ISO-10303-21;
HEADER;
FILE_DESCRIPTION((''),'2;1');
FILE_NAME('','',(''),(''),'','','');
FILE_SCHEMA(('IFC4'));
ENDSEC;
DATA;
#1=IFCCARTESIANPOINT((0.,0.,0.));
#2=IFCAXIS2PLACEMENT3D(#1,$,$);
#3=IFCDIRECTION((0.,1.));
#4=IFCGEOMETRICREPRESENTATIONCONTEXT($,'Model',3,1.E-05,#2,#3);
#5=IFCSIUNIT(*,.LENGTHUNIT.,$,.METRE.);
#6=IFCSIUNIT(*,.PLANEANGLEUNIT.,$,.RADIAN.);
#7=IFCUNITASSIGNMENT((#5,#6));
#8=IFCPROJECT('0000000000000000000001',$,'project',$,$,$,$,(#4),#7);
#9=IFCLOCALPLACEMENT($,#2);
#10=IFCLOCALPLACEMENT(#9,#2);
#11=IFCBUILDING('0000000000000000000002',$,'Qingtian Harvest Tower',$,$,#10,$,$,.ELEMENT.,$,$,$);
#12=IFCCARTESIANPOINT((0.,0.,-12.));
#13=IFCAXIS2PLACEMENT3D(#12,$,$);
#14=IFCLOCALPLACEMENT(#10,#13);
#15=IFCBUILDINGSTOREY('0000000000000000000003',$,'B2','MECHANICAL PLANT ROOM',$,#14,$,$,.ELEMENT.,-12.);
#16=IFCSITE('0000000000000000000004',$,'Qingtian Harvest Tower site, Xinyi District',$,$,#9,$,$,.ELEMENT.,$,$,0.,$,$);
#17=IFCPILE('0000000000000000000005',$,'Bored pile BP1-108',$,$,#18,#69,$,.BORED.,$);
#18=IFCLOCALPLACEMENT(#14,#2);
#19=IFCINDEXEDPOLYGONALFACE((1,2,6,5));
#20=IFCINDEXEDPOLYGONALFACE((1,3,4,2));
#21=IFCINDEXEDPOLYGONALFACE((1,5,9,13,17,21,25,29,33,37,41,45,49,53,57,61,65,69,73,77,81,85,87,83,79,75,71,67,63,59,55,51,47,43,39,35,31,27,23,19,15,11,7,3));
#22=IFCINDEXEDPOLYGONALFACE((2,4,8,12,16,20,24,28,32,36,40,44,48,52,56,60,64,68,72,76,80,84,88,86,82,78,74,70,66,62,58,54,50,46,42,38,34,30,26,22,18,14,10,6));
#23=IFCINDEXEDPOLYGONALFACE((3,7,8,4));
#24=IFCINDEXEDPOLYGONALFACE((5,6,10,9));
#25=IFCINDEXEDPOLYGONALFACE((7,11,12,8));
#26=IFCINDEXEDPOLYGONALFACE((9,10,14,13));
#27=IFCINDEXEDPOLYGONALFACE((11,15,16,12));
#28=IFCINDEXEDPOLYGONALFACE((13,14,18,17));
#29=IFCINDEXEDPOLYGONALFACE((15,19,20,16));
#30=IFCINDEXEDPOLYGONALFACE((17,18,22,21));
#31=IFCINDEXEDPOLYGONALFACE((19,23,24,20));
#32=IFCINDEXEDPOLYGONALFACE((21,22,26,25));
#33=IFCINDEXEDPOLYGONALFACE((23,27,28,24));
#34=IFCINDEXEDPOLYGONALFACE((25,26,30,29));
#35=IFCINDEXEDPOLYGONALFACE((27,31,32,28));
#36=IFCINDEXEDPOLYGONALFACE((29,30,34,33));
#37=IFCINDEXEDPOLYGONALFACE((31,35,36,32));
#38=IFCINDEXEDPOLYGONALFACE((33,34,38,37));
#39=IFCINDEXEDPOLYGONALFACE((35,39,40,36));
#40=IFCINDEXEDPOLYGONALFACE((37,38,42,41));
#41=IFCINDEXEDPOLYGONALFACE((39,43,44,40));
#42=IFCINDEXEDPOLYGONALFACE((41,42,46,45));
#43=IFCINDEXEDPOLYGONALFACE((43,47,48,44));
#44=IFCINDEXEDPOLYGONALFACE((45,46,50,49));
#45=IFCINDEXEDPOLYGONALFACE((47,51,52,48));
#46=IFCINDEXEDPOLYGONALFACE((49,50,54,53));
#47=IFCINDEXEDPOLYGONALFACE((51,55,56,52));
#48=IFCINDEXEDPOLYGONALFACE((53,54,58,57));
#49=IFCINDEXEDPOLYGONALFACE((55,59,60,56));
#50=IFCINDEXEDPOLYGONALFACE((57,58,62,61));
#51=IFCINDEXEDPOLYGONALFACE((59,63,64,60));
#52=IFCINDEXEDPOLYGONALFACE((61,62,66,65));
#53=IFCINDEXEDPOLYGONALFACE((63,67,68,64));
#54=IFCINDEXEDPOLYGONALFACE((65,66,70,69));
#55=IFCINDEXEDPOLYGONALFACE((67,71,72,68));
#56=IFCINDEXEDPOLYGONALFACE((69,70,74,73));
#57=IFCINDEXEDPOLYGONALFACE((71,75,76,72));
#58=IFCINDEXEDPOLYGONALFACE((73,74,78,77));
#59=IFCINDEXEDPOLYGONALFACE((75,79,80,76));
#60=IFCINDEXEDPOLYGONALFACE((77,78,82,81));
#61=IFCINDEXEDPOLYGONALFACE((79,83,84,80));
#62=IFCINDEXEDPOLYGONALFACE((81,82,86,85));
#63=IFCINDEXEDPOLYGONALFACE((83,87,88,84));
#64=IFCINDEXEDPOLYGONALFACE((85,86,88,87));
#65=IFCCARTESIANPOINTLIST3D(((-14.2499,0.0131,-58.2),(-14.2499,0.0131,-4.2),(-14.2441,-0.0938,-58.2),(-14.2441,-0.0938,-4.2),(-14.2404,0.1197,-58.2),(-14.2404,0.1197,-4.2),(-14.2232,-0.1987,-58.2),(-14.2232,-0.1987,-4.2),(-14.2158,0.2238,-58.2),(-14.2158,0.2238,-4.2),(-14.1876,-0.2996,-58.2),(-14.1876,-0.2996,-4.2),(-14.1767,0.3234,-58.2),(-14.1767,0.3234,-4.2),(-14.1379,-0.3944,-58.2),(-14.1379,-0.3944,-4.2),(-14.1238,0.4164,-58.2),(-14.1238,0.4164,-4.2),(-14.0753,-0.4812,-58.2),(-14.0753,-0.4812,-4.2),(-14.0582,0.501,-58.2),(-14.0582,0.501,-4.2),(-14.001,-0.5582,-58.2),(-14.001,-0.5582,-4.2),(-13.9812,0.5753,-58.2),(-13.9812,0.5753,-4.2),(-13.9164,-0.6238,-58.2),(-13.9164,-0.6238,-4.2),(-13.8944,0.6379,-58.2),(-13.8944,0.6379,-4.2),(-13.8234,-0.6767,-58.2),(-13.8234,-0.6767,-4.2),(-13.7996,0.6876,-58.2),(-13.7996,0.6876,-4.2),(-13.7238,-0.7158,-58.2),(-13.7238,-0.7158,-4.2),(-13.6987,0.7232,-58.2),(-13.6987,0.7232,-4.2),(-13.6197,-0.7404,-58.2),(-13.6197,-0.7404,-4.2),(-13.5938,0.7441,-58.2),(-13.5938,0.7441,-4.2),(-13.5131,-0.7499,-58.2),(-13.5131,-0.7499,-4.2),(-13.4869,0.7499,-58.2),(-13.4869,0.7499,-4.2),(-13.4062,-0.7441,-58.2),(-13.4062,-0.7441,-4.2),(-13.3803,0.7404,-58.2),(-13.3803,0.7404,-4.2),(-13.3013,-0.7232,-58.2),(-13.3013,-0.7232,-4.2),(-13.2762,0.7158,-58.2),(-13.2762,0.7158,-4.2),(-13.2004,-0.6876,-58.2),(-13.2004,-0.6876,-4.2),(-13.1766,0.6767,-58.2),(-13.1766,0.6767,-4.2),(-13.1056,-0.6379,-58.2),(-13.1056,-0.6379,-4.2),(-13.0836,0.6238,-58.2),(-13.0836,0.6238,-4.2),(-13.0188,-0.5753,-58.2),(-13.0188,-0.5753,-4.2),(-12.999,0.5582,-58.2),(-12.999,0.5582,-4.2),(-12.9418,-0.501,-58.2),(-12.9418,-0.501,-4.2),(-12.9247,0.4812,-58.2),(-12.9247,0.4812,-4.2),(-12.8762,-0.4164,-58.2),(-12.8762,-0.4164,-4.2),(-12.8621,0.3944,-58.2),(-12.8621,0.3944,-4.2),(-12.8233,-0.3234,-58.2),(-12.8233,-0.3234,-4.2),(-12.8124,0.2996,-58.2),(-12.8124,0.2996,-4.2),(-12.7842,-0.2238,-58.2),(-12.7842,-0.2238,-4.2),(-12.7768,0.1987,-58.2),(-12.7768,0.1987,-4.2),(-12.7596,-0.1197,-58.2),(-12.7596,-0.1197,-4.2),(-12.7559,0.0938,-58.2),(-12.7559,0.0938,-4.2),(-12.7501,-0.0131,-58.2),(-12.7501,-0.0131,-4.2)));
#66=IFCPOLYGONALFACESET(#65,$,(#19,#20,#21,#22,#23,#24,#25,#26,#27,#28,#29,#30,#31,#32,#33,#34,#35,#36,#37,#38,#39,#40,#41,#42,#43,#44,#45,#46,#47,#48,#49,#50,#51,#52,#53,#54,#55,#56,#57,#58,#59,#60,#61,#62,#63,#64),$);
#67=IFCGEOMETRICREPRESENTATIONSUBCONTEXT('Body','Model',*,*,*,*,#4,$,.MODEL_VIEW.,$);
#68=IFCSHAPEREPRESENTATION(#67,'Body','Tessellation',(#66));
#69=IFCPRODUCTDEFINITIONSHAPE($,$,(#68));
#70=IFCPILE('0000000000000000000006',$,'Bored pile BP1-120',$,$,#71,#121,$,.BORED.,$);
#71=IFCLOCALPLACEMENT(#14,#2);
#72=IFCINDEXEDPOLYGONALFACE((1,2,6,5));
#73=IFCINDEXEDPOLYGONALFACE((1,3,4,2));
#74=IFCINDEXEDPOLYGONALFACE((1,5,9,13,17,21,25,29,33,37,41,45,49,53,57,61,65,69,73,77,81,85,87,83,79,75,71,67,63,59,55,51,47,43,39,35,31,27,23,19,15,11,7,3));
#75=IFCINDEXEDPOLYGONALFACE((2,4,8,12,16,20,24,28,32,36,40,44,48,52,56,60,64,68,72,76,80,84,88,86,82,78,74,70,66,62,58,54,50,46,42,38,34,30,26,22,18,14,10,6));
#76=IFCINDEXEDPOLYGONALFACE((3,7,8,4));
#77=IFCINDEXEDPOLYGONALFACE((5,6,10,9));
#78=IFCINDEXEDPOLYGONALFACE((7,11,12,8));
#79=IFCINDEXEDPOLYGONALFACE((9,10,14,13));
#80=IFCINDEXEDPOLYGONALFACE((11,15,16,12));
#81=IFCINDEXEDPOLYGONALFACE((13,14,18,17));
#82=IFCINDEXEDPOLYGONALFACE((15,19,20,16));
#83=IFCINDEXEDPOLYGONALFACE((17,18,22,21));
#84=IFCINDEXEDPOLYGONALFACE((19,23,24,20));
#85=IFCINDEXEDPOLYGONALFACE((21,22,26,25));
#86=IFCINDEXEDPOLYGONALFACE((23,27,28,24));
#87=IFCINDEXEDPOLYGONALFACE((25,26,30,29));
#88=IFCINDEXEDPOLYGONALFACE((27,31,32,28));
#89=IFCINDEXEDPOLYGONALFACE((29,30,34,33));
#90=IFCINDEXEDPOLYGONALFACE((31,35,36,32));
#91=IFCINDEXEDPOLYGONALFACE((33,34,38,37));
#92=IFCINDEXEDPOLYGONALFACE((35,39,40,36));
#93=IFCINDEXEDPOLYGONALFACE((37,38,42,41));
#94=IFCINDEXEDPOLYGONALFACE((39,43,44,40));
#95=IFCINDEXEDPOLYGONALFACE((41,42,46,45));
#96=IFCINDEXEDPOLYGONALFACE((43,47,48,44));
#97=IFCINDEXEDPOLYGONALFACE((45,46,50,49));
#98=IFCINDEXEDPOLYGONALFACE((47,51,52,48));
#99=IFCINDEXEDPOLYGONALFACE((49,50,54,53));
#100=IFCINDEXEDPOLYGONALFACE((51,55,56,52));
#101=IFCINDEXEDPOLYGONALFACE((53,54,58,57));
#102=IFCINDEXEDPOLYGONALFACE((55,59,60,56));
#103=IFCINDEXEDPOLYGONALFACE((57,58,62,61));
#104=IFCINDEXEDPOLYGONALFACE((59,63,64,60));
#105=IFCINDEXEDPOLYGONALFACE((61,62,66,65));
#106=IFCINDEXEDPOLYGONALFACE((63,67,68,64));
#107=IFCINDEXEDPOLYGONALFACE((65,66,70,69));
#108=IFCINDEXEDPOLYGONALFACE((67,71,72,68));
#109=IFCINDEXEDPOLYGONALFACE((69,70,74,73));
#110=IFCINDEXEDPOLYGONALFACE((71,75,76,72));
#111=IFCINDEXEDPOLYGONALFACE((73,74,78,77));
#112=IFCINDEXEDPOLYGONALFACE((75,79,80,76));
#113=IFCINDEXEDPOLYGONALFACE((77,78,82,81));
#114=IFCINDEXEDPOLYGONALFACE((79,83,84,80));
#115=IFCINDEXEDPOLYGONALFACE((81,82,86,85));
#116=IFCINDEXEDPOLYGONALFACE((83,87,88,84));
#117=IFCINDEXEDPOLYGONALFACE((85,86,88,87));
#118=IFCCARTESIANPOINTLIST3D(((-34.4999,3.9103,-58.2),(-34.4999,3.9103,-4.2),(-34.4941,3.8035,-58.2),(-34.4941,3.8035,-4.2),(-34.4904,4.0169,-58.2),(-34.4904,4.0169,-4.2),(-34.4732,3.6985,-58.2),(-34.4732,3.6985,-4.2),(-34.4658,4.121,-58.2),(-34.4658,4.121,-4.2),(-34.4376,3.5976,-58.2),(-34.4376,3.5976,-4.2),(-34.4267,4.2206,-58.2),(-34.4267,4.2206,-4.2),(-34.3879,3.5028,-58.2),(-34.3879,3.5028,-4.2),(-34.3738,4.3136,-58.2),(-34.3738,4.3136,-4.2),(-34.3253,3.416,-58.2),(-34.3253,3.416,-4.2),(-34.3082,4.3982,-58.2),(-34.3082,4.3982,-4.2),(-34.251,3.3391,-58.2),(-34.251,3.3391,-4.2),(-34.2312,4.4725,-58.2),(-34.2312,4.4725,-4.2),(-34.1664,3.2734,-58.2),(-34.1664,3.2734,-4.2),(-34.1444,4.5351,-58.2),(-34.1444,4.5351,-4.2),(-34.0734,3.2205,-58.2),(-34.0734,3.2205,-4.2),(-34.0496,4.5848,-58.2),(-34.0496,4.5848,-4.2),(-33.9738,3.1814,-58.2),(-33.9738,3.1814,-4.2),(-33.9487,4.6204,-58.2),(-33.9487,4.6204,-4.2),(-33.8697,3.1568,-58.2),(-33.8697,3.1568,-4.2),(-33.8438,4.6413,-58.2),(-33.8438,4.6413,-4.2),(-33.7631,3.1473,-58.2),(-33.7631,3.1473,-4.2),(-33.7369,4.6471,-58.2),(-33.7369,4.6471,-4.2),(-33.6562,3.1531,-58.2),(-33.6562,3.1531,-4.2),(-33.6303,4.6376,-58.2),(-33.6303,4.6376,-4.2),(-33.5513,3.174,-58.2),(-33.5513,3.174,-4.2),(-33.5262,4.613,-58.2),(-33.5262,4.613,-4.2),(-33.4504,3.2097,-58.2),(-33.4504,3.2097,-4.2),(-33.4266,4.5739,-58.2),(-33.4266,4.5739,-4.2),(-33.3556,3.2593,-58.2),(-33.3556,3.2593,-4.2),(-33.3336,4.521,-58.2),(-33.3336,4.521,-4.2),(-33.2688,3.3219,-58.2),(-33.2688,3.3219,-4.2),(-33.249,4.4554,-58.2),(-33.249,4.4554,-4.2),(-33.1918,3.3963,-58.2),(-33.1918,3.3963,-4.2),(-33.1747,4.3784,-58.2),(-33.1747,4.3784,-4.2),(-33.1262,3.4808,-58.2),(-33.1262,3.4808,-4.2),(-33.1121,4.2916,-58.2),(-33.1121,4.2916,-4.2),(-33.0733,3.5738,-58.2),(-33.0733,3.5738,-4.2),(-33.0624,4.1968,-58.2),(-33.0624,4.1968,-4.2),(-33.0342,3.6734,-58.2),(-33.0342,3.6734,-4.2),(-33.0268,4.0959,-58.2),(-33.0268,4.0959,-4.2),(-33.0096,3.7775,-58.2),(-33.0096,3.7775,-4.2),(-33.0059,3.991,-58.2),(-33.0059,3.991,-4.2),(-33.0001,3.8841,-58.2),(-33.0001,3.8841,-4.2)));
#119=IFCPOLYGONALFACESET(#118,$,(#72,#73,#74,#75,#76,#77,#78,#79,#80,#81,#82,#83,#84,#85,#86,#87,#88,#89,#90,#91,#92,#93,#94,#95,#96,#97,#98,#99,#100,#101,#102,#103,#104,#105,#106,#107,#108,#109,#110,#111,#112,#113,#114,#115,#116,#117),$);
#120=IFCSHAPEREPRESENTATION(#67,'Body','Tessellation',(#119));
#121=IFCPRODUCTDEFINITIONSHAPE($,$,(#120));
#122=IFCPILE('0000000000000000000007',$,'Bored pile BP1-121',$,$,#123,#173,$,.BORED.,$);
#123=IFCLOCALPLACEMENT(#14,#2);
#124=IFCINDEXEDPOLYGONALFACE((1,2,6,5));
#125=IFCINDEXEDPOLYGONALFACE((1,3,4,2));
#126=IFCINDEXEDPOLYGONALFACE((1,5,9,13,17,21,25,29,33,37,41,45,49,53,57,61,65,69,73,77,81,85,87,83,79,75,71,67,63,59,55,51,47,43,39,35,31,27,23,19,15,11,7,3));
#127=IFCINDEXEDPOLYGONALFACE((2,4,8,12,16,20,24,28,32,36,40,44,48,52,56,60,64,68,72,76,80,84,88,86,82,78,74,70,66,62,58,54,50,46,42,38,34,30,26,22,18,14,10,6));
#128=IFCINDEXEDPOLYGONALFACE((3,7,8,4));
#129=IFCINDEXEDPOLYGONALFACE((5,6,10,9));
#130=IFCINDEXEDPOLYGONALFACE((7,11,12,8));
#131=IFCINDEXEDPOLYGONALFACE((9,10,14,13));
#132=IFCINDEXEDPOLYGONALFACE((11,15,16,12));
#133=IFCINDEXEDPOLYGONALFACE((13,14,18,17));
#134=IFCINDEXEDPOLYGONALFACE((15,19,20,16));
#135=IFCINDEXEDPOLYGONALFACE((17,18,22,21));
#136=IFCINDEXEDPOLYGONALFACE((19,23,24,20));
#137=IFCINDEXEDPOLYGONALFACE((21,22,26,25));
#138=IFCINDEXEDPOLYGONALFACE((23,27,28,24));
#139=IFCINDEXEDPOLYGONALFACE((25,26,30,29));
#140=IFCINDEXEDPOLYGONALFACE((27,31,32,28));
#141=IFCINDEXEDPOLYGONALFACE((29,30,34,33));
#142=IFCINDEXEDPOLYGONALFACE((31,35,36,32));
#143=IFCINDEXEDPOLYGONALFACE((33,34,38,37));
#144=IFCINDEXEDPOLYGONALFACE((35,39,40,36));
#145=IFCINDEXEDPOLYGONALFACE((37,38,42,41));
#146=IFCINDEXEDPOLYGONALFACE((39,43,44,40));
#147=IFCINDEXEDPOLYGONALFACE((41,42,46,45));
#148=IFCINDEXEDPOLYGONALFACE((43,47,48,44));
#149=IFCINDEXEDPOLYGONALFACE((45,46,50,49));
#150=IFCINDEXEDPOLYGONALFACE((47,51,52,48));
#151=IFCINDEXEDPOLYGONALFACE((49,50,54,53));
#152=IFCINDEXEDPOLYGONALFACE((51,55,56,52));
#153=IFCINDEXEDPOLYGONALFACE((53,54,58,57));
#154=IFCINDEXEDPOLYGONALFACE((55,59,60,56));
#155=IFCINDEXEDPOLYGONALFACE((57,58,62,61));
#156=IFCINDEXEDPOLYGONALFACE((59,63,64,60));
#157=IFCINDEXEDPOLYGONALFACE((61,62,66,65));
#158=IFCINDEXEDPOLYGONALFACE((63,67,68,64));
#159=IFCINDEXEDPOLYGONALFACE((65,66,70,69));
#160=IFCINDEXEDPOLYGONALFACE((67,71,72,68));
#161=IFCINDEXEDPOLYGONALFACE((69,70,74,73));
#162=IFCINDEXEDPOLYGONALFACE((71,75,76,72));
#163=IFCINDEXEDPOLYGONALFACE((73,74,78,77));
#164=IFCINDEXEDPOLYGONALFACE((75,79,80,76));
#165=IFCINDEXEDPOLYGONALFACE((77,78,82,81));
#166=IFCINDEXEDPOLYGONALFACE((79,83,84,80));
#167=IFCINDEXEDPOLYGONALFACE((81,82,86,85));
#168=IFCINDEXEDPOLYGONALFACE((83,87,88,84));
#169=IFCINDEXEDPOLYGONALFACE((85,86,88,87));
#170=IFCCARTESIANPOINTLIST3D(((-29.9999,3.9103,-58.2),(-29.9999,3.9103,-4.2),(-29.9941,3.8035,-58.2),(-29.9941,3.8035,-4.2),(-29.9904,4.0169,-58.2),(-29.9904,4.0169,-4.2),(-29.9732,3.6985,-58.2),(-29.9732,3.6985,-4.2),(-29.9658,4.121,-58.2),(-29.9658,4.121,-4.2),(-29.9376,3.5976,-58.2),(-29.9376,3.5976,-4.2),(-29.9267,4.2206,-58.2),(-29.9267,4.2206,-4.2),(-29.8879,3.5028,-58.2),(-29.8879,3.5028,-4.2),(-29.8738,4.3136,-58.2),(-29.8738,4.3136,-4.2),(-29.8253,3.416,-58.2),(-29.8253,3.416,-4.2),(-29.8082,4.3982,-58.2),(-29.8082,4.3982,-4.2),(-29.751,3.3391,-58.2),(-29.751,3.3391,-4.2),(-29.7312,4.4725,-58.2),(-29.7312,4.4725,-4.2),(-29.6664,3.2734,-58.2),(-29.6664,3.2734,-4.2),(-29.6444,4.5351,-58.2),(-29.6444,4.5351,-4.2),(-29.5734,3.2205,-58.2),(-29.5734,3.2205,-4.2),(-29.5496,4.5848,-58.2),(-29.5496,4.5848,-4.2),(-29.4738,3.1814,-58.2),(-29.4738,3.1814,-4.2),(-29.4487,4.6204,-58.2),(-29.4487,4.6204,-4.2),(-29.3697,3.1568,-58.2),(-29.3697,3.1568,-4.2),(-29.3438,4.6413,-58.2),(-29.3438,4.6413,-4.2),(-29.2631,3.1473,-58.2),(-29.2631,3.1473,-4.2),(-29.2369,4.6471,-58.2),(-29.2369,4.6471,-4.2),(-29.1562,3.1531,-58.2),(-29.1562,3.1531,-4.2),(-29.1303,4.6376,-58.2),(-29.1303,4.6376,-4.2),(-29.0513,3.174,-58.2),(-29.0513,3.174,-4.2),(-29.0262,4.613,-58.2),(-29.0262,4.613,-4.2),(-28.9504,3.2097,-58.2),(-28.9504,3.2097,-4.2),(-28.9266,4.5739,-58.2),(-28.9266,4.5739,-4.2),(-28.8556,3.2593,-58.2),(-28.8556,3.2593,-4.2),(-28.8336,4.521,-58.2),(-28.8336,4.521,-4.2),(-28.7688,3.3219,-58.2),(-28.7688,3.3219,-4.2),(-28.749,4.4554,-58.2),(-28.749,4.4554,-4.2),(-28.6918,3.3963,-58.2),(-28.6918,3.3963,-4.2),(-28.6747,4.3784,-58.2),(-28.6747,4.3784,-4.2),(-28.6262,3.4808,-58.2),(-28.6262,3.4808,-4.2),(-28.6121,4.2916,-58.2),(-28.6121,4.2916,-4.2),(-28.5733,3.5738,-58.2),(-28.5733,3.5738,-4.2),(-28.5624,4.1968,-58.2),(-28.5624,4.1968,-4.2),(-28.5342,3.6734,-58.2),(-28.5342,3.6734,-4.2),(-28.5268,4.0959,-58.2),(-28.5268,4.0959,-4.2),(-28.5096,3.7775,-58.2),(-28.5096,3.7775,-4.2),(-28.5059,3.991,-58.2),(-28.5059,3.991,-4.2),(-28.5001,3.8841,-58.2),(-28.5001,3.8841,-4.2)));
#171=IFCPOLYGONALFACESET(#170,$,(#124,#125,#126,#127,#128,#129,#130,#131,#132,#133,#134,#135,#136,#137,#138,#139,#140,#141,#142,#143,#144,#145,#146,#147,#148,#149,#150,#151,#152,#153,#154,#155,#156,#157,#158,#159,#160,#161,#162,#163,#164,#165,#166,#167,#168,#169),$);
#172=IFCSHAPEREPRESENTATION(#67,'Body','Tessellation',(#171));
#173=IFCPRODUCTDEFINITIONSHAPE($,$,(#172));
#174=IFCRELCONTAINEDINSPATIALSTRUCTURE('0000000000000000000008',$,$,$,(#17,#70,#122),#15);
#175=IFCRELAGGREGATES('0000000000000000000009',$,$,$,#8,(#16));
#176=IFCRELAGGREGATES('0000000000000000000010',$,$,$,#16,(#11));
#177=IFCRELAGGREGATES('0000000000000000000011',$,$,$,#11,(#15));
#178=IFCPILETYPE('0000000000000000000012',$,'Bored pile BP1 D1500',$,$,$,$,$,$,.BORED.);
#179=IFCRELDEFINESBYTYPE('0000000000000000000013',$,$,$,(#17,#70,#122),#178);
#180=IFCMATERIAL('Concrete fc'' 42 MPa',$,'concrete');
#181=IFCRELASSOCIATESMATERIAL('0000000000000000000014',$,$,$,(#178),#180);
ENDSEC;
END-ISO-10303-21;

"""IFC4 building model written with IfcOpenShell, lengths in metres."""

from ifc_helpers import new_model, si_unit, direction, frame, frame_2d, origin, place, context, subcontext, project, spatial, circle, extrude, material, material_profile, profile_set, type_object, element, save


model = new_model("IFC4")

# Units and contexts
model_context = context("Model", 3, precision=1e-05, world=origin(), true_north=direction((0.0, 1.0)))
body_context = subcontext(model_context, "Body", "Model", "MODEL_VIEW")
ifc_project = project(units=[si_unit("LENGTHUNIT", "METRE"), si_unit("PLANEANGLEUNIT", "RADIAN")], contexts=[model_context])

# Site, building, storey
site_placement = place(None, origin())
site = spatial("IfcSite", under=ifc_project, at=site_placement, Name="Qingtian Harvest Tower site, Xinyi District", CompositionType="ELEMENT", RefElevation=0.0)
building_placement = place(site_placement, origin())
building = spatial("IfcBuilding", under=site, at=building_placement, Name="Qingtian Harvest Tower", CompositionType="ELEMENT")
storey_placement = place(building_placement, frame((0.0, 0.0, -12.0)))
storey = spatial("IfcBuildingStorey", under=building, at=storey_placement, Name="B2", Description="MECHANICAL PLANT ROOM", CompositionType="ELEMENT", Elevation=-12.0)

# Piles
ifc_material_1 = material(Name="Concrete fc' 42 MPa", Category="concrete")
ifc_material_profile_1 = material_profile(ifc_material_1, circle(Radius=0.75, at=frame_2d((0.0, 0.0), x_axis=(0.999848, 0.017452))), Name="Bored pile BP1 D1500")
ifc_profile_set_1 = profile_set([ifc_material_profile_1], Name="Concrete fc' 42 MPa")
pile_type = type_object("IfcPileType", Name="Bored pile BP1 D1500", PredefinedType="BORED", material=ifc_profile_set_1)
for number, where, z_axis, x_axis, name in (
    (1, (-13.5, 0.0, -4.2), (0.0, 0.0, -1.0), (1.0, 0.0, 0.0), "Bored pile BP1-108"),
    (2, (-33.75, 3.8972, -4.2), (0.0, 0.0, -1.0), (1.0, 0.0, 0.0), "Bored pile BP1-120"),
    (3, (-29.25, 3.8972, -4.2), (0.0, 0.0, -1.0), (1.0, 0.0, 0.0), "Bored pile BP1-121"),
):
    element("IfcPile", number, at=place(storey_placement, frame(where, z_axis=z_axis, x_axis=x_axis)), inside=storey, type_object=pile_type, Name=name, PredefinedType="BORED", context=body_context, shape_type="SweptSolid", body=[
        extrude(circle(Radius=0.75, at=frame_2d((0.0, 0.0), x_axis=(0.999848, 0.017452))), origin(), (0.0, 0.0, 1.0), 54.0),
    ])

save(model, "model.ifc")
